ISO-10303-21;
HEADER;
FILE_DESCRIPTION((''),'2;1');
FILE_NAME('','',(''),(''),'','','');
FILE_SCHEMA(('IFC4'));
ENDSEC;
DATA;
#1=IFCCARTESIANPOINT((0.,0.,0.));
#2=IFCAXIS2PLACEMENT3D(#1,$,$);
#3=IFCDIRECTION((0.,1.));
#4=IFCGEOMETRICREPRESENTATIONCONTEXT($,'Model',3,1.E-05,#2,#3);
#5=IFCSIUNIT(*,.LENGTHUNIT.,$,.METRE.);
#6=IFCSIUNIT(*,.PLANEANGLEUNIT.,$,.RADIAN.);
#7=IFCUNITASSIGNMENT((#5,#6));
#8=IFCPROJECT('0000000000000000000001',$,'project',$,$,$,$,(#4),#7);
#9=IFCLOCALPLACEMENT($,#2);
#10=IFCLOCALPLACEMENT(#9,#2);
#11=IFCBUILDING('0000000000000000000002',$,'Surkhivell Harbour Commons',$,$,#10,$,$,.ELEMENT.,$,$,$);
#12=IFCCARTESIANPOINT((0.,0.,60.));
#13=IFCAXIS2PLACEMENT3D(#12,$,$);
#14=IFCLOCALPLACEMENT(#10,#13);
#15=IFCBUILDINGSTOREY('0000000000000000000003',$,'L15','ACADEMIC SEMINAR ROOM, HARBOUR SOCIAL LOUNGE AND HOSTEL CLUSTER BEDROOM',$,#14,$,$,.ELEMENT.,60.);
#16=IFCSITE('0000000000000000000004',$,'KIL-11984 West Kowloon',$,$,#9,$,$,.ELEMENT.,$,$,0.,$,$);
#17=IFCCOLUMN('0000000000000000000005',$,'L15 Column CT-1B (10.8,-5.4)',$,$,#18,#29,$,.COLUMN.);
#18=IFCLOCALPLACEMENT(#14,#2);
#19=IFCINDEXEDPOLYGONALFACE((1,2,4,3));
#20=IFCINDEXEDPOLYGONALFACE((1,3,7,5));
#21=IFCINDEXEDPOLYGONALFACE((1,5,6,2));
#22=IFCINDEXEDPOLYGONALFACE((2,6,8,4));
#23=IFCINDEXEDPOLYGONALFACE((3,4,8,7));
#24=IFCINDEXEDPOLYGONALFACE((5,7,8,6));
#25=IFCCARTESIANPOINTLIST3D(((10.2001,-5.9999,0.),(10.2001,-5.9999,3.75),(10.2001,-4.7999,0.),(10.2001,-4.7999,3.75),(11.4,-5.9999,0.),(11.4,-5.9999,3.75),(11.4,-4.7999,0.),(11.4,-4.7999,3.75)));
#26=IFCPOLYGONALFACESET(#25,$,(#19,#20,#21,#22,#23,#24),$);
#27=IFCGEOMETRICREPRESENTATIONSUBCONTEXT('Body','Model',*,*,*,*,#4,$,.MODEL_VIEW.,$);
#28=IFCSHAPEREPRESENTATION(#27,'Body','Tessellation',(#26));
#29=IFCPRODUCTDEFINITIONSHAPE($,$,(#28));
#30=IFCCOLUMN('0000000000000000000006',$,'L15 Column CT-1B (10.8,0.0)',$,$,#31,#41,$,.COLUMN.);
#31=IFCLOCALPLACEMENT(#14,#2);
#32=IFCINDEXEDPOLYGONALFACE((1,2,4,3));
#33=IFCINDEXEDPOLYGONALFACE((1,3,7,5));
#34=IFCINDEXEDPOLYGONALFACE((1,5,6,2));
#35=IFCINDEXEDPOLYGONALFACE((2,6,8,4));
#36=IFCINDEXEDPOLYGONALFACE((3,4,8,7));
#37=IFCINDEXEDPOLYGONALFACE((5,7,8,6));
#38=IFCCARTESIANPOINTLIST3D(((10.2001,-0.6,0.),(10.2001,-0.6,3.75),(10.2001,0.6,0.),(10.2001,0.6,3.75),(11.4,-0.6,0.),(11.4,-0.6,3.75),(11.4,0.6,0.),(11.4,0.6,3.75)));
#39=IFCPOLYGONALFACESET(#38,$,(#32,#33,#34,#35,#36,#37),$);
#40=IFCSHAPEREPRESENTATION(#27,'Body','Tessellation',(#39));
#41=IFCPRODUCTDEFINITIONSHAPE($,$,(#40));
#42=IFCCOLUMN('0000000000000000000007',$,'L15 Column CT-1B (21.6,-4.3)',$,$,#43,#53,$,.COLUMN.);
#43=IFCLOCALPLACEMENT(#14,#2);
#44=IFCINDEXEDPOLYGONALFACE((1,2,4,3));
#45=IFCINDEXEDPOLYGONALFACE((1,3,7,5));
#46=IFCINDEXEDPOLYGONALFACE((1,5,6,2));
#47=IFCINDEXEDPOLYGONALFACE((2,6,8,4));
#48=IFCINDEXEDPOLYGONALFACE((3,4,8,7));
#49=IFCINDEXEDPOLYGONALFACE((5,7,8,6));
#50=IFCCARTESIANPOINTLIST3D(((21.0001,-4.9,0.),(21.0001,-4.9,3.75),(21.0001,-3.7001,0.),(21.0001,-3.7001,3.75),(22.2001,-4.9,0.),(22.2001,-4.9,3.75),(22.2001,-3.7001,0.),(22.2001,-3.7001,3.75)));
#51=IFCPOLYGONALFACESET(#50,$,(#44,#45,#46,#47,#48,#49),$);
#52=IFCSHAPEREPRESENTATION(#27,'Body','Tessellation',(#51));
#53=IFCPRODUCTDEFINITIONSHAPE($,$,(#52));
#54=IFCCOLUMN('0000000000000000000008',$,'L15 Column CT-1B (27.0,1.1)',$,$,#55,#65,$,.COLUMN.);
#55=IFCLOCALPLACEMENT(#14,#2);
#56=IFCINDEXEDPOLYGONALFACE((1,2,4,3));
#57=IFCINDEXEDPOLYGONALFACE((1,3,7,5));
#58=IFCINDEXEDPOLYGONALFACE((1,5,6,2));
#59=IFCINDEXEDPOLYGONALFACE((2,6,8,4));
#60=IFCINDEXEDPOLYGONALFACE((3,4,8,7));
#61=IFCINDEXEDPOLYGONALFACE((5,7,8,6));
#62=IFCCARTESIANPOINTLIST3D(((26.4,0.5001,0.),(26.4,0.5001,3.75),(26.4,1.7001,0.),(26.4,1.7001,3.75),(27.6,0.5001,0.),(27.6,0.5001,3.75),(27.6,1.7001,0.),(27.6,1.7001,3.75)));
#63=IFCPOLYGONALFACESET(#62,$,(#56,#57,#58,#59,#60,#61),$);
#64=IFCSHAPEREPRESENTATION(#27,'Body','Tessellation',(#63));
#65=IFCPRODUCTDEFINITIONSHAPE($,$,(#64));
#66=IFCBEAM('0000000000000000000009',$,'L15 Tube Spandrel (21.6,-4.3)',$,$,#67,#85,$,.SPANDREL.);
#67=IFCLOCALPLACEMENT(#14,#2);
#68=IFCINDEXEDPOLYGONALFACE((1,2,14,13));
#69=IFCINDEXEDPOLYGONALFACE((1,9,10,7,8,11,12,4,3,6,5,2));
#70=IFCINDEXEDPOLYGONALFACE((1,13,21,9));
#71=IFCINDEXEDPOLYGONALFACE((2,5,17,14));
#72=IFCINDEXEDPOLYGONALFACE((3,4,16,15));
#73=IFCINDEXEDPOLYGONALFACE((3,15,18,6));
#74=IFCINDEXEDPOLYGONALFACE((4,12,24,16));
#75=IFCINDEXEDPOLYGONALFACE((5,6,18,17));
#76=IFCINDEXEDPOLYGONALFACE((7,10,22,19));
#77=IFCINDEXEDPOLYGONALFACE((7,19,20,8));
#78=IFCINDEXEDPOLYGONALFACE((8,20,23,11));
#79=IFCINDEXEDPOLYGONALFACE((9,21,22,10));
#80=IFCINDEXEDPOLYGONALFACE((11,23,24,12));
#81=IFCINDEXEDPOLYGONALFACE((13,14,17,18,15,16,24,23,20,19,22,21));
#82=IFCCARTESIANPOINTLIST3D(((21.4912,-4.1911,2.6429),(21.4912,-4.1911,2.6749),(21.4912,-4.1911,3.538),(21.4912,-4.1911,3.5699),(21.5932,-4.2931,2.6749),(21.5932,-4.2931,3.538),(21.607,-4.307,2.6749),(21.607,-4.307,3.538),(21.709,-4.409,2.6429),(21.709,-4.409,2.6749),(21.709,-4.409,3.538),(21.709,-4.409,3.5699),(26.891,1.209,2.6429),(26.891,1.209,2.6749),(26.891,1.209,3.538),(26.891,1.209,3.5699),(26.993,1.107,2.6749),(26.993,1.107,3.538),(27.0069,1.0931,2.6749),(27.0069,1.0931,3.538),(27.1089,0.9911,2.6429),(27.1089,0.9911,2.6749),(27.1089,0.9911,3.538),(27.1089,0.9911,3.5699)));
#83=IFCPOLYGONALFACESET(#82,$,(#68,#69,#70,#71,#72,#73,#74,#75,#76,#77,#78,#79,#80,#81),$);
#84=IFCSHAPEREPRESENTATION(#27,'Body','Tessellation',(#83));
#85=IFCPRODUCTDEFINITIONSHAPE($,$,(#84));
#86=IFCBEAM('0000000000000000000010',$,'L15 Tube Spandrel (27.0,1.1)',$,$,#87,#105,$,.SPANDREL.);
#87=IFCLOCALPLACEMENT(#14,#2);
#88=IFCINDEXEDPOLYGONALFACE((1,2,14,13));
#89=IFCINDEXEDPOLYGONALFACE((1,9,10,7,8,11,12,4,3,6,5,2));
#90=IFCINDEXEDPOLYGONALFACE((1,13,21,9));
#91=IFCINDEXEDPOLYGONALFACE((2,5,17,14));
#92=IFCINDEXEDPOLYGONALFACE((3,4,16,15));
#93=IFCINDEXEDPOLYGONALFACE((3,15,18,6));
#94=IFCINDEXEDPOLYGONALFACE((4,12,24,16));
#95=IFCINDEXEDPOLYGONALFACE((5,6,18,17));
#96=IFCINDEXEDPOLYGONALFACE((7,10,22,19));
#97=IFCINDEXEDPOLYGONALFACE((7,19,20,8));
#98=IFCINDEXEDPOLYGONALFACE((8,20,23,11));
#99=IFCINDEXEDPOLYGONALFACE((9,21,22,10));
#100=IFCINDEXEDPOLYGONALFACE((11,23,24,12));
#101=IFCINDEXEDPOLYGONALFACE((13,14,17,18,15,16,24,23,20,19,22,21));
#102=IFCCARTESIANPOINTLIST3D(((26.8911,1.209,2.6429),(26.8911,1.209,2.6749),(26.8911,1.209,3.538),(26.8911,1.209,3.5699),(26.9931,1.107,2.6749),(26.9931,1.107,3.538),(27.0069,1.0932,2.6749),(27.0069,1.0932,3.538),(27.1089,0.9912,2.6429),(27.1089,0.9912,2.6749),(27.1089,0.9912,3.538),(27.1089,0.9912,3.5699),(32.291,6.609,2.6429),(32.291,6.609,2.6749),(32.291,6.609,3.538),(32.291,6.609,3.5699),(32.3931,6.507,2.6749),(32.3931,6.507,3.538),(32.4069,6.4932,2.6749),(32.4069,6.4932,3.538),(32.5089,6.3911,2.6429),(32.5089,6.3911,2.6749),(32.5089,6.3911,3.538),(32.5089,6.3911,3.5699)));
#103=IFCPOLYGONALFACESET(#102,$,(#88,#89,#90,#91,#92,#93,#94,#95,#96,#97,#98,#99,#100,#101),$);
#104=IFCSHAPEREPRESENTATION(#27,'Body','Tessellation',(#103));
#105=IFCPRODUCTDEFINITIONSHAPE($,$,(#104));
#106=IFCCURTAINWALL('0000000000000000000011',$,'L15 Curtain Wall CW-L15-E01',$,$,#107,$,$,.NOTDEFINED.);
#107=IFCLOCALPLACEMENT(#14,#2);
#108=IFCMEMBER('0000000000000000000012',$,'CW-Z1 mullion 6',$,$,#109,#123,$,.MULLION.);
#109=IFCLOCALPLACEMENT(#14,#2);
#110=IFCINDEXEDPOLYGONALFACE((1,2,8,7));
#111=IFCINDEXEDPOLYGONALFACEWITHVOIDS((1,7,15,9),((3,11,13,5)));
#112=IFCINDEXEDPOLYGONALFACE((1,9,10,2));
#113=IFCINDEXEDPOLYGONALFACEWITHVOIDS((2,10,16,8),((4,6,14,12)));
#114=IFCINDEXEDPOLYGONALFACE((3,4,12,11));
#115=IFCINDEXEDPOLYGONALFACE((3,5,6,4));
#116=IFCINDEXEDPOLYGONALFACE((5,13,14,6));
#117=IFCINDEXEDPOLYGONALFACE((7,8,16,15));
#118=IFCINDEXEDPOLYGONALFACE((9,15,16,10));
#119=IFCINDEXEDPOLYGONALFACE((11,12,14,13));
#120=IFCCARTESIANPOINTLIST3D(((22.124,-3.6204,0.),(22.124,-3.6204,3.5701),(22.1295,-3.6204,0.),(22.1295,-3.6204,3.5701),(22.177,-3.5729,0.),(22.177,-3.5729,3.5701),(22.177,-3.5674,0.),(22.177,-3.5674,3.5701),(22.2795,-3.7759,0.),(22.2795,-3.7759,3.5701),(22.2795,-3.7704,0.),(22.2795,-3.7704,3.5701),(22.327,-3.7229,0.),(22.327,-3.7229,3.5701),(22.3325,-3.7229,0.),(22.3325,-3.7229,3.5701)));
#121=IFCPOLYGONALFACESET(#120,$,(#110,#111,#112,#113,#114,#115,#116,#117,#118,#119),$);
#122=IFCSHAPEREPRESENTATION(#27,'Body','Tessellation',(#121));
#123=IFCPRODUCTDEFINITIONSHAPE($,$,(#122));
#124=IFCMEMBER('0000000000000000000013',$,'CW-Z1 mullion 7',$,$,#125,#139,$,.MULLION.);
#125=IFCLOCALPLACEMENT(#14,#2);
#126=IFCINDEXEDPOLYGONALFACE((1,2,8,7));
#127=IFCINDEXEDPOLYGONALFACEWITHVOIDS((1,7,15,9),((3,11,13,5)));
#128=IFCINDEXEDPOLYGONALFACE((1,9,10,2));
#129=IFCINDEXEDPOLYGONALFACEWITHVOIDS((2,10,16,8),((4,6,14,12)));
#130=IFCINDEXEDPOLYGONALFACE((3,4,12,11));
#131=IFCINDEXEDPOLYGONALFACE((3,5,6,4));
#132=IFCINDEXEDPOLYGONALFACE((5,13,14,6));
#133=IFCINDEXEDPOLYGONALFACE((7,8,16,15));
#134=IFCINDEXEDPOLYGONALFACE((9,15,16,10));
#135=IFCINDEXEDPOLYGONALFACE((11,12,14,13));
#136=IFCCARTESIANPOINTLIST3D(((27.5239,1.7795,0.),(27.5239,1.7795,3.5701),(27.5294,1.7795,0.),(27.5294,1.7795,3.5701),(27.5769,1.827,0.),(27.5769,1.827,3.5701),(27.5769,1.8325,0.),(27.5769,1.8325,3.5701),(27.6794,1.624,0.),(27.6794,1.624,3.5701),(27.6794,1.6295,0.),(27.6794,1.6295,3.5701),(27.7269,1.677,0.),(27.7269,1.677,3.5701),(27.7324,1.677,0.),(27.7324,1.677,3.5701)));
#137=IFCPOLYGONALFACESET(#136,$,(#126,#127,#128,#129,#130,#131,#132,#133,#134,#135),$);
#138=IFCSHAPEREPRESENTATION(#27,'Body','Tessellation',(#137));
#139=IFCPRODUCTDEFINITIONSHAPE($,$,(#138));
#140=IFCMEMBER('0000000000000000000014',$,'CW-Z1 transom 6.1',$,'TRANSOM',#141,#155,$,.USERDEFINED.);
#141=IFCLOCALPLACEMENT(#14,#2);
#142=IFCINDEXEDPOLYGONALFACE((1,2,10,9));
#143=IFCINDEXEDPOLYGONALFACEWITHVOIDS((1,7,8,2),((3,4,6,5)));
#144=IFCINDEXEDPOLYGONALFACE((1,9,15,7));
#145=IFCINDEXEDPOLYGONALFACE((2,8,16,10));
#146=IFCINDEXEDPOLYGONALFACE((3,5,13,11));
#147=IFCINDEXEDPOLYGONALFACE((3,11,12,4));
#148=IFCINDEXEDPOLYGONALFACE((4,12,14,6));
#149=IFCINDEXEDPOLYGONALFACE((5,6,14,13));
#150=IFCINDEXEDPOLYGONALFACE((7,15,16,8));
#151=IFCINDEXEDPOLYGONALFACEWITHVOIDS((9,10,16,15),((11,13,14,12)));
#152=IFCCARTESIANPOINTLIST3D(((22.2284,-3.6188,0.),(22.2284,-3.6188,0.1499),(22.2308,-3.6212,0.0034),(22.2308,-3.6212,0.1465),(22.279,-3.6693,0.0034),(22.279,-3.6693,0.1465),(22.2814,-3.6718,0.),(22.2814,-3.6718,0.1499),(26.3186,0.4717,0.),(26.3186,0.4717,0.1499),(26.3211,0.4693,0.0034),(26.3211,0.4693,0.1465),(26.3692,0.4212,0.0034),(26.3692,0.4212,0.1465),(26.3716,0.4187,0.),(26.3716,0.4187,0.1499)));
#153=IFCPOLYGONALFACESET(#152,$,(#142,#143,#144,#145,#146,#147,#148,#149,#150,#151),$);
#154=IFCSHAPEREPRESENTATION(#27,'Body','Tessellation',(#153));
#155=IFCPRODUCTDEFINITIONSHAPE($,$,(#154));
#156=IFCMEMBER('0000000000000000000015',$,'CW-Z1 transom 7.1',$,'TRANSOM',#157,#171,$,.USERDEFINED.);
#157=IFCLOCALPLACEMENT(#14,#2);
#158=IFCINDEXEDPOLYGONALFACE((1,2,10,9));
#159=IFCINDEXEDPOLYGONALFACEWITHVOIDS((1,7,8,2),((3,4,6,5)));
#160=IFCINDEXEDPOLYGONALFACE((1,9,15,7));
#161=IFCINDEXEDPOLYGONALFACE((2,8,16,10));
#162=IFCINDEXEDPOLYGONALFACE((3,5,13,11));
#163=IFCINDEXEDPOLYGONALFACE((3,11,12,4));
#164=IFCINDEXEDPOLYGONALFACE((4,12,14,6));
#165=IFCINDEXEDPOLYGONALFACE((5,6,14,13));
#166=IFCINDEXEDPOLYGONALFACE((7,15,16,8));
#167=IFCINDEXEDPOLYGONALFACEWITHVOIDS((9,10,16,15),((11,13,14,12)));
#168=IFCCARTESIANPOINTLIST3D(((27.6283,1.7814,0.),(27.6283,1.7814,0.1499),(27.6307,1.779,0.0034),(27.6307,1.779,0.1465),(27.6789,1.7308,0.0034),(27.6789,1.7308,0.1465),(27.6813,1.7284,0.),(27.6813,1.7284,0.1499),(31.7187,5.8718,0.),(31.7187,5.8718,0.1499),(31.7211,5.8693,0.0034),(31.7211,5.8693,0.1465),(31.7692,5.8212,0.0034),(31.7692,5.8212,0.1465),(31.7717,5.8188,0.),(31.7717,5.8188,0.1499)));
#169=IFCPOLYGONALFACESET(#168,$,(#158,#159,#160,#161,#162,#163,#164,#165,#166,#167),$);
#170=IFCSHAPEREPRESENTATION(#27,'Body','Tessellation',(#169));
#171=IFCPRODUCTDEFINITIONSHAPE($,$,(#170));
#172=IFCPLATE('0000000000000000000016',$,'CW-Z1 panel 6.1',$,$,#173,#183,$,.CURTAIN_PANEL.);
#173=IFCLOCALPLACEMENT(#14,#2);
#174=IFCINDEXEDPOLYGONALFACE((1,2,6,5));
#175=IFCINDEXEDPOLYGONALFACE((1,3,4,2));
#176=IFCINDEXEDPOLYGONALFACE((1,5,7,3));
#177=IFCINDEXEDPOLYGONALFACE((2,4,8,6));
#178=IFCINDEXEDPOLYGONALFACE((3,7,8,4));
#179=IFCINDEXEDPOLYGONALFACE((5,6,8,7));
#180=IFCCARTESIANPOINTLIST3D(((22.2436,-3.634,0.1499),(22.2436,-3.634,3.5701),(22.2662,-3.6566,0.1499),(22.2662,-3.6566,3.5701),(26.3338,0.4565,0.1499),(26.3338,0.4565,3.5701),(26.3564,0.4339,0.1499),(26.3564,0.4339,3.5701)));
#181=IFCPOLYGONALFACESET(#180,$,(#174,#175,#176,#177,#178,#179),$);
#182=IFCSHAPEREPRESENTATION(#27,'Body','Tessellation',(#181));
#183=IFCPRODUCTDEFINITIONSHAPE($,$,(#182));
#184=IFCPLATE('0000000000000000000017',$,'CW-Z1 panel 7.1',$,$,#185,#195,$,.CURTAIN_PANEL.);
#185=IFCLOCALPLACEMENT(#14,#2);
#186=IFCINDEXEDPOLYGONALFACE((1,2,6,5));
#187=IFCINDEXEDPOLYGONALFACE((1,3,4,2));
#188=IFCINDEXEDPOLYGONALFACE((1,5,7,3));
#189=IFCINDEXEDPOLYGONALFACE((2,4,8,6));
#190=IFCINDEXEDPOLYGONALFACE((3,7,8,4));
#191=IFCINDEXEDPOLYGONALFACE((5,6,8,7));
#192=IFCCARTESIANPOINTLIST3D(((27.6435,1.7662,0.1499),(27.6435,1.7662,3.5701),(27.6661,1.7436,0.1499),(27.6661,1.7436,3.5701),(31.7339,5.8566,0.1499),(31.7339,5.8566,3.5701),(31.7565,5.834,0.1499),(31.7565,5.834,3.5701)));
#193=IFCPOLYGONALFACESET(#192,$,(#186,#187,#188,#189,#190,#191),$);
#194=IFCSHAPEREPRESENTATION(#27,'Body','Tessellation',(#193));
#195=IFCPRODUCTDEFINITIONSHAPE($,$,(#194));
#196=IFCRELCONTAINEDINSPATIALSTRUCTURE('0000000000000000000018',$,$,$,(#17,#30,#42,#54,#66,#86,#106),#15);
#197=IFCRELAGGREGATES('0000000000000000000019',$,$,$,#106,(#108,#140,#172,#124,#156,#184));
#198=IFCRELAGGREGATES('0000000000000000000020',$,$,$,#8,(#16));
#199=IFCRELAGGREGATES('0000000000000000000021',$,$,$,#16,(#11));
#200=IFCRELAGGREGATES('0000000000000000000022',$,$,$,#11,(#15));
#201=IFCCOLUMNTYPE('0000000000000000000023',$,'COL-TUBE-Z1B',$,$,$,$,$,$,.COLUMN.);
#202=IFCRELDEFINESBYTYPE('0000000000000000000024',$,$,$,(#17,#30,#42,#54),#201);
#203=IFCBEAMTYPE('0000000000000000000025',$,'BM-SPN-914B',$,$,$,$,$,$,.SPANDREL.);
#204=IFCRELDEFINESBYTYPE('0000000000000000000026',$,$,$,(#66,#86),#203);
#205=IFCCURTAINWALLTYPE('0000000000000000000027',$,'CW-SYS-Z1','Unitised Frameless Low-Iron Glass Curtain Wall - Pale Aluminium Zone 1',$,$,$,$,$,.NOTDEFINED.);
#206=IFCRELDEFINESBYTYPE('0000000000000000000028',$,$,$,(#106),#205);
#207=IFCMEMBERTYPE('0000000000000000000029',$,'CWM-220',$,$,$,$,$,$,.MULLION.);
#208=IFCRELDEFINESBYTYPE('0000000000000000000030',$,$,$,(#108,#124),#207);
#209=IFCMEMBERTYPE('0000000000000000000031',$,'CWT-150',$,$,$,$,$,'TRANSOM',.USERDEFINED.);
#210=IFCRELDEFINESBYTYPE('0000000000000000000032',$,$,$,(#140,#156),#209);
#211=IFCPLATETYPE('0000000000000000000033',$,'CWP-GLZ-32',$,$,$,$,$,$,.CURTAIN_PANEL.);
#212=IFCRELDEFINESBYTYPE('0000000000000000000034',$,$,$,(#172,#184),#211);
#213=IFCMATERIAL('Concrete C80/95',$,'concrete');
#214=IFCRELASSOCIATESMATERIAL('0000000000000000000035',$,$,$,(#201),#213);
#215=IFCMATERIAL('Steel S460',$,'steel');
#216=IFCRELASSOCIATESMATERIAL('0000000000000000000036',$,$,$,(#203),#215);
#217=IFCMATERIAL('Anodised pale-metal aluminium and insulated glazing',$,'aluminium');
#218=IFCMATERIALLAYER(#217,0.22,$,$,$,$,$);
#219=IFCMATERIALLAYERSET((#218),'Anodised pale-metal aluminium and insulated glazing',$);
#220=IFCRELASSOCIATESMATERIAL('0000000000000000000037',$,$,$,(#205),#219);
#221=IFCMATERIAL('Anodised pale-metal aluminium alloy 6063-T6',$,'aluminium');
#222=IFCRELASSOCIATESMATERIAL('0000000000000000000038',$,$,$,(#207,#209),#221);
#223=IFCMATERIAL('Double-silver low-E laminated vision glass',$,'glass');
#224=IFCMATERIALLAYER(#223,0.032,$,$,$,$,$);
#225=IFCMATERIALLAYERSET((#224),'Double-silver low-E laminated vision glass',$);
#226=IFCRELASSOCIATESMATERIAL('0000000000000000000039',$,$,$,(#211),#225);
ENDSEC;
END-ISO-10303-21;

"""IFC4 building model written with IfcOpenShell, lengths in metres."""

from ifc_helpers import new_model, si_unit, direction, frame, frame_2d, origin, origin_2d, place, context, subcontext, project, spatial, rectangle, hollow_rectangle, i_section, extrude, material, layer, layer_set, material_profile, profile_set, type_object, element, aggregate, save


model = new_model("IFC4")

# Units and contexts
model_context = context("Model", 3, precision=1e-05, world=origin(), true_north=direction((0.0, 1.0)))
body_context = subcontext(model_context, "Body", "Model", "MODEL_VIEW")
ifc_project = project(units=[si_unit("LENGTHUNIT", "METRE"), si_unit("PLANEANGLEUNIT", "RADIAN")], contexts=[model_context])

# Site, building, storey
site_placement = place(None, origin())
site = spatial("IfcSite", under=ifc_project, at=site_placement, Name="KIL-11984 West Kowloon", CompositionType="ELEMENT", RefElevation=0.0)
building_placement = place(site_placement, origin())
building = spatial("IfcBuilding", under=site, at=building_placement, Name="Surkhivell Harbour Commons", CompositionType="ELEMENT")
storey_placement = place(building_placement, frame((0.0, 0.0, 60.0)))
storey = spatial("IfcBuildingStorey", under=building, at=storey_placement, Name="L15", Description="ACADEMIC SEMINAR ROOM, HARBOUR SOCIAL LOUNGE AND HOSTEL CLUSTER BEDROOM", CompositionType="ELEMENT", Elevation=60.0)

# Columns
ifc_material_1 = material(Name="Concrete C80/95", Category="concrete")
ifc_material_profile_1 = material_profile(ifc_material_1, rectangle(XDim=1.2, YDim=1.2, at=origin_2d()), Name="RC-COL-1200x1200")
ifc_profile_set_1 = profile_set([ifc_material_profile_1], Name="Concrete C80/95")
column_type = type_object("IfcColumnType", Name="COL-TUBE-Z1B", PredefinedType="COLUMN", material=ifc_profile_set_1)
for number, where, z_axis, x_axis, name in (
    (1, (10.8, -5.3999, 0.0), (0.0, 0.0, 1.0), (1.0, 0.0, 0.0), "L15 Column CT-1B (10.8,-5.4)"),
    (2, (10.8, 0.0, 0.0), (0.0, 0.0, 1.0), (1.0, 0.0, 0.0), "L15 Column CT-1B (10.8,0.0)"),
    (3, (21.6001, -4.3, 0.0), (0.0, 0.0, 1.0), (1.0, 0.0, 0.0), "L15 Column CT-1B (21.6,-4.3)"),
    (4, (27.0, 1.1001, 0.0), (0.0, 0.0, 1.0), (1.0, 0.0, 0.0), "L15 Column CT-1B (27.0,1.1)"),
):
    element("IfcColumn", number, at=place(storey_placement, frame(where, z_axis=z_axis, x_axis=x_axis)), inside=storey, type_object=column_type, Name=name, PredefinedType="COLUMN", context=body_context, shape_type="SweptSolid", body=[
        extrude(rectangle(XDim=1.2, YDim=1.2, at=origin_2d()), origin(), (0.0, 0.0, 1.0), 3.75),
    ])

# Beams
ifc_material_2 = material(Name="Steel S460", Category="steel")
ifc_material_profile_2 = material_profile(ifc_material_2, i_section(OverallWidth=0.3081, OverallDepth=0.927, WebThickness=0.0195, FlangeThickness=0.032, at=origin_2d()), Name="UB914x305x289")
ifc_profile_set_2 = profile_set([ifc_material_profile_2], Name="Steel S460")
beam_type = type_object("IfcBeamType", Name="BM-SPN-914B", PredefinedType="SPANDREL", material=ifc_profile_set_2)
for number, where, z_axis, x_axis, name in (
    (5, (21.6001, -4.3, 3.1064), (0.707091, 0.707123, 0.0), (-0.707123, 0.707091, 0.0), "L15 Tube Spandrel (21.6,-4.3)"),
    (6, (27.0, 1.1001, 3.1064), (0.707107, 0.707107, 0.0), (-0.707107, 0.707107, 0.0), "L15 Tube Spandrel (27.0,1.1)"),
):
    element("IfcBeam", number, at=place(storey_placement, frame(where, z_axis=z_axis, x_axis=x_axis)), inside=storey, type_object=beam_type, Name=name, PredefinedType="SPANDREL", context=body_context, shape_type="SweptSolid", body=[
        extrude(i_section(OverallWidth=0.3081, OverallDepth=0.927, WebThickness=0.0195, FlangeThickness=0.032, at=origin_2d()), origin(), (0.0, 0.0, 1.0), 7.6367),
    ])

# Curtain wall, members, plates
ifc_material_3 = material(Name="Anodised pale-metal aluminium and insulated glazing", Category="aluminium")
ifc_layer_1 = layer(ifc_material_3, 0.22)
ifc_layer_set_1 = layer_set([ifc_layer_1], Name="Anodised pale-metal aluminium and insulated glazing")
curtain_wall_type = type_object("IfcCurtainWallType", Name="CW-SYS-Z1", Description="Unitised Frameless Low-Iron Glass Curtain Wall - Pale Aluminium Zone 1", PredefinedType="NOTDEFINED", material=ifc_layer_set_1)
curtain_wall_placement = place(storey_placement, origin())
curtain_wall = element("IfcCurtainWall", 7, at=curtain_wall_placement, inside=storey, type_object=curtain_wall_type, Name="L15 Curtain Wall CW-L15-E01", PredefinedType="NOTDEFINED")
ifc_material_4 = material(Name="Anodised pale-metal aluminium alloy 6063-T6", Category="aluminium")
ifc_material_profile_3 = material_profile(ifc_material_4, hollow_rectangle(XDim=0.075, YDim=0.22, WallThickness=0.0039, at=origin_2d()), Name="ALU-MULL-75x220")
ifc_profile_set_3 = profile_set([ifc_material_profile_3], Name="Anodised pale-metal aluminium alloy 6063-T6")
member_type_1 = type_object("IfcMemberType", Name="CWM-220", PredefinedType="MULLION", material=ifc_profile_set_3)
member_1_placement = place(storey_placement, frame((22.2283, -3.6716, 0.0), z_axis=(0.0, 0.0, 1.0), x_axis=(0.707107, 0.707107, 0.0)))
member_1 = element("IfcMember", 8, at=member_1_placement, type_object=member_type_1, Name="CW-Z1 mullion 6", PredefinedType="MULLION", context=body_context, shape_type="SweptSolid", body=[
    extrude(hollow_rectangle(XDim=0.075, YDim=0.22, WallThickness=0.0039, at=origin_2d()), origin(), (0.0, 0.0, 1.0), 3.5701),
])
member_2_placement = place(storey_placement, frame((27.6282, 1.7283, 0.0), z_axis=(0.0, 0.0, 1.0), x_axis=(0.707107, 0.707107, 0.0)))
member_2 = element("IfcMember", 9, at=member_2_placement, type_object=member_type_1, Name="CW-Z1 mullion 7", PredefinedType="MULLION", context=body_context, shape_type="SweptSolid", body=[
    extrude(hollow_rectangle(XDim=0.075, YDim=0.22, WallThickness=0.0039, at=origin_2d()), origin(), (0.0, 0.0, 1.0), 3.5701),
])
ifc_material_profile_4 = material_profile(ifc_material_4, hollow_rectangle(XDim=0.075, YDim=0.1499, WallThickness=0.0034, at=origin_2d()), Name="ALU-TRAN-75x150")
ifc_profile_set_4 = profile_set([ifc_material_profile_4], Name="Anodised pale-metal aluminium alloy 6063-T6")
member_type_2 = type_object("IfcMemberType", Name="CWT-150", ElementType="TRANSOM", PredefinedType="USERDEFINED", material=ifc_profile_set_4)
member_3_placement = place(storey_placement, frame((22.2549, -3.6453, 0.075), z_axis=(0.707086, 0.707128, 0.0), x_axis=(-0.707128, 0.707086, 0.0)))
member_3 = element("IfcMember", 10, at=member_3_placement, type_object=member_type_2, Name="CW-Z1 transom 6.1", ObjectType="TRANSOM", PredefinedType="USERDEFINED", context=body_context, shape_type="SweptSolid", body=[
    extrude(hollow_rectangle(XDim=0.075, YDim=0.1499, WallThickness=0.0034, at=origin_2d()), origin(), (0.0, 0.0, 1.0), 5.7847),
])
member_4_placement = place(storey_placement, frame((27.6548, 1.7549, 0.075), z_axis=(0.707107, 0.707107, 0.0), x_axis=(-0.707107, 0.707107, 0.0)))
member_4 = element("IfcMember", 11, at=member_4_placement, type_object=member_type_2, Name="CW-Z1 transom 7.1", ObjectType="TRANSOM", PredefinedType="USERDEFINED", context=body_context, shape_type="SweptSolid", body=[
    extrude(hollow_rectangle(XDim=0.075, YDim=0.1499, WallThickness=0.0034, at=origin_2d()), origin(), (0.0, 0.0, 1.0), 5.7847),
])
ifc_material_5 = material(Name="Double-silver low-E laminated vision glass", Category="glass")
ifc_layer_2 = layer(ifc_material_5, 0.032)
ifc_layer_set_2 = layer_set([ifc_layer_2], Name="Double-silver low-E laminated vision glass")
plate_type = type_object("IfcPlateType", Name="CWP-GLZ-32", PredefinedType="CURTAIN_PANEL", material=ifc_layer_set_2)
plate_1_placement = place(storey_placement, frame((22.2549, -3.6453, 0.1499), z_axis=(0.0, 0.0, 1.0), x_axis=(0.707086, 0.707128, 0.0)))
plate_1 = element("IfcPlate", 12, at=plate_1_placement, type_object=plate_type, Name="CW-Z1 panel 6.1", PredefinedType="CURTAIN_PANEL", context=body_context, shape_type="SweptSolid", body=[
    extrude(rectangle(XDim=5.7847, YDim=0.032, at=frame_2d((2.8923, 0.0))), origin(), (0.0, 0.0, 1.0), 3.4202),
])
plate_2_placement = place(storey_placement, frame((27.6548, 1.7549, 0.1499), z_axis=(0.0, 0.0, 1.0), x_axis=(0.707107, 0.707107, 0.0)))
plate_2 = element("IfcPlate", 13, at=plate_2_placement, type_object=plate_type, Name="CW-Z1 panel 7.1", PredefinedType="CURTAIN_PANEL", context=body_context, shape_type="SweptSolid", body=[
    extrude(rectangle(XDim=5.7847, YDim=0.032, at=frame_2d((2.8923, 0.0))), origin(), (0.0, 0.0, 1.0), 3.4202),
])
aggregate(curtain_wall, [member_1, member_3, plate_1, member_2, member_4, plate_2])

save(model, "model.ifc")
